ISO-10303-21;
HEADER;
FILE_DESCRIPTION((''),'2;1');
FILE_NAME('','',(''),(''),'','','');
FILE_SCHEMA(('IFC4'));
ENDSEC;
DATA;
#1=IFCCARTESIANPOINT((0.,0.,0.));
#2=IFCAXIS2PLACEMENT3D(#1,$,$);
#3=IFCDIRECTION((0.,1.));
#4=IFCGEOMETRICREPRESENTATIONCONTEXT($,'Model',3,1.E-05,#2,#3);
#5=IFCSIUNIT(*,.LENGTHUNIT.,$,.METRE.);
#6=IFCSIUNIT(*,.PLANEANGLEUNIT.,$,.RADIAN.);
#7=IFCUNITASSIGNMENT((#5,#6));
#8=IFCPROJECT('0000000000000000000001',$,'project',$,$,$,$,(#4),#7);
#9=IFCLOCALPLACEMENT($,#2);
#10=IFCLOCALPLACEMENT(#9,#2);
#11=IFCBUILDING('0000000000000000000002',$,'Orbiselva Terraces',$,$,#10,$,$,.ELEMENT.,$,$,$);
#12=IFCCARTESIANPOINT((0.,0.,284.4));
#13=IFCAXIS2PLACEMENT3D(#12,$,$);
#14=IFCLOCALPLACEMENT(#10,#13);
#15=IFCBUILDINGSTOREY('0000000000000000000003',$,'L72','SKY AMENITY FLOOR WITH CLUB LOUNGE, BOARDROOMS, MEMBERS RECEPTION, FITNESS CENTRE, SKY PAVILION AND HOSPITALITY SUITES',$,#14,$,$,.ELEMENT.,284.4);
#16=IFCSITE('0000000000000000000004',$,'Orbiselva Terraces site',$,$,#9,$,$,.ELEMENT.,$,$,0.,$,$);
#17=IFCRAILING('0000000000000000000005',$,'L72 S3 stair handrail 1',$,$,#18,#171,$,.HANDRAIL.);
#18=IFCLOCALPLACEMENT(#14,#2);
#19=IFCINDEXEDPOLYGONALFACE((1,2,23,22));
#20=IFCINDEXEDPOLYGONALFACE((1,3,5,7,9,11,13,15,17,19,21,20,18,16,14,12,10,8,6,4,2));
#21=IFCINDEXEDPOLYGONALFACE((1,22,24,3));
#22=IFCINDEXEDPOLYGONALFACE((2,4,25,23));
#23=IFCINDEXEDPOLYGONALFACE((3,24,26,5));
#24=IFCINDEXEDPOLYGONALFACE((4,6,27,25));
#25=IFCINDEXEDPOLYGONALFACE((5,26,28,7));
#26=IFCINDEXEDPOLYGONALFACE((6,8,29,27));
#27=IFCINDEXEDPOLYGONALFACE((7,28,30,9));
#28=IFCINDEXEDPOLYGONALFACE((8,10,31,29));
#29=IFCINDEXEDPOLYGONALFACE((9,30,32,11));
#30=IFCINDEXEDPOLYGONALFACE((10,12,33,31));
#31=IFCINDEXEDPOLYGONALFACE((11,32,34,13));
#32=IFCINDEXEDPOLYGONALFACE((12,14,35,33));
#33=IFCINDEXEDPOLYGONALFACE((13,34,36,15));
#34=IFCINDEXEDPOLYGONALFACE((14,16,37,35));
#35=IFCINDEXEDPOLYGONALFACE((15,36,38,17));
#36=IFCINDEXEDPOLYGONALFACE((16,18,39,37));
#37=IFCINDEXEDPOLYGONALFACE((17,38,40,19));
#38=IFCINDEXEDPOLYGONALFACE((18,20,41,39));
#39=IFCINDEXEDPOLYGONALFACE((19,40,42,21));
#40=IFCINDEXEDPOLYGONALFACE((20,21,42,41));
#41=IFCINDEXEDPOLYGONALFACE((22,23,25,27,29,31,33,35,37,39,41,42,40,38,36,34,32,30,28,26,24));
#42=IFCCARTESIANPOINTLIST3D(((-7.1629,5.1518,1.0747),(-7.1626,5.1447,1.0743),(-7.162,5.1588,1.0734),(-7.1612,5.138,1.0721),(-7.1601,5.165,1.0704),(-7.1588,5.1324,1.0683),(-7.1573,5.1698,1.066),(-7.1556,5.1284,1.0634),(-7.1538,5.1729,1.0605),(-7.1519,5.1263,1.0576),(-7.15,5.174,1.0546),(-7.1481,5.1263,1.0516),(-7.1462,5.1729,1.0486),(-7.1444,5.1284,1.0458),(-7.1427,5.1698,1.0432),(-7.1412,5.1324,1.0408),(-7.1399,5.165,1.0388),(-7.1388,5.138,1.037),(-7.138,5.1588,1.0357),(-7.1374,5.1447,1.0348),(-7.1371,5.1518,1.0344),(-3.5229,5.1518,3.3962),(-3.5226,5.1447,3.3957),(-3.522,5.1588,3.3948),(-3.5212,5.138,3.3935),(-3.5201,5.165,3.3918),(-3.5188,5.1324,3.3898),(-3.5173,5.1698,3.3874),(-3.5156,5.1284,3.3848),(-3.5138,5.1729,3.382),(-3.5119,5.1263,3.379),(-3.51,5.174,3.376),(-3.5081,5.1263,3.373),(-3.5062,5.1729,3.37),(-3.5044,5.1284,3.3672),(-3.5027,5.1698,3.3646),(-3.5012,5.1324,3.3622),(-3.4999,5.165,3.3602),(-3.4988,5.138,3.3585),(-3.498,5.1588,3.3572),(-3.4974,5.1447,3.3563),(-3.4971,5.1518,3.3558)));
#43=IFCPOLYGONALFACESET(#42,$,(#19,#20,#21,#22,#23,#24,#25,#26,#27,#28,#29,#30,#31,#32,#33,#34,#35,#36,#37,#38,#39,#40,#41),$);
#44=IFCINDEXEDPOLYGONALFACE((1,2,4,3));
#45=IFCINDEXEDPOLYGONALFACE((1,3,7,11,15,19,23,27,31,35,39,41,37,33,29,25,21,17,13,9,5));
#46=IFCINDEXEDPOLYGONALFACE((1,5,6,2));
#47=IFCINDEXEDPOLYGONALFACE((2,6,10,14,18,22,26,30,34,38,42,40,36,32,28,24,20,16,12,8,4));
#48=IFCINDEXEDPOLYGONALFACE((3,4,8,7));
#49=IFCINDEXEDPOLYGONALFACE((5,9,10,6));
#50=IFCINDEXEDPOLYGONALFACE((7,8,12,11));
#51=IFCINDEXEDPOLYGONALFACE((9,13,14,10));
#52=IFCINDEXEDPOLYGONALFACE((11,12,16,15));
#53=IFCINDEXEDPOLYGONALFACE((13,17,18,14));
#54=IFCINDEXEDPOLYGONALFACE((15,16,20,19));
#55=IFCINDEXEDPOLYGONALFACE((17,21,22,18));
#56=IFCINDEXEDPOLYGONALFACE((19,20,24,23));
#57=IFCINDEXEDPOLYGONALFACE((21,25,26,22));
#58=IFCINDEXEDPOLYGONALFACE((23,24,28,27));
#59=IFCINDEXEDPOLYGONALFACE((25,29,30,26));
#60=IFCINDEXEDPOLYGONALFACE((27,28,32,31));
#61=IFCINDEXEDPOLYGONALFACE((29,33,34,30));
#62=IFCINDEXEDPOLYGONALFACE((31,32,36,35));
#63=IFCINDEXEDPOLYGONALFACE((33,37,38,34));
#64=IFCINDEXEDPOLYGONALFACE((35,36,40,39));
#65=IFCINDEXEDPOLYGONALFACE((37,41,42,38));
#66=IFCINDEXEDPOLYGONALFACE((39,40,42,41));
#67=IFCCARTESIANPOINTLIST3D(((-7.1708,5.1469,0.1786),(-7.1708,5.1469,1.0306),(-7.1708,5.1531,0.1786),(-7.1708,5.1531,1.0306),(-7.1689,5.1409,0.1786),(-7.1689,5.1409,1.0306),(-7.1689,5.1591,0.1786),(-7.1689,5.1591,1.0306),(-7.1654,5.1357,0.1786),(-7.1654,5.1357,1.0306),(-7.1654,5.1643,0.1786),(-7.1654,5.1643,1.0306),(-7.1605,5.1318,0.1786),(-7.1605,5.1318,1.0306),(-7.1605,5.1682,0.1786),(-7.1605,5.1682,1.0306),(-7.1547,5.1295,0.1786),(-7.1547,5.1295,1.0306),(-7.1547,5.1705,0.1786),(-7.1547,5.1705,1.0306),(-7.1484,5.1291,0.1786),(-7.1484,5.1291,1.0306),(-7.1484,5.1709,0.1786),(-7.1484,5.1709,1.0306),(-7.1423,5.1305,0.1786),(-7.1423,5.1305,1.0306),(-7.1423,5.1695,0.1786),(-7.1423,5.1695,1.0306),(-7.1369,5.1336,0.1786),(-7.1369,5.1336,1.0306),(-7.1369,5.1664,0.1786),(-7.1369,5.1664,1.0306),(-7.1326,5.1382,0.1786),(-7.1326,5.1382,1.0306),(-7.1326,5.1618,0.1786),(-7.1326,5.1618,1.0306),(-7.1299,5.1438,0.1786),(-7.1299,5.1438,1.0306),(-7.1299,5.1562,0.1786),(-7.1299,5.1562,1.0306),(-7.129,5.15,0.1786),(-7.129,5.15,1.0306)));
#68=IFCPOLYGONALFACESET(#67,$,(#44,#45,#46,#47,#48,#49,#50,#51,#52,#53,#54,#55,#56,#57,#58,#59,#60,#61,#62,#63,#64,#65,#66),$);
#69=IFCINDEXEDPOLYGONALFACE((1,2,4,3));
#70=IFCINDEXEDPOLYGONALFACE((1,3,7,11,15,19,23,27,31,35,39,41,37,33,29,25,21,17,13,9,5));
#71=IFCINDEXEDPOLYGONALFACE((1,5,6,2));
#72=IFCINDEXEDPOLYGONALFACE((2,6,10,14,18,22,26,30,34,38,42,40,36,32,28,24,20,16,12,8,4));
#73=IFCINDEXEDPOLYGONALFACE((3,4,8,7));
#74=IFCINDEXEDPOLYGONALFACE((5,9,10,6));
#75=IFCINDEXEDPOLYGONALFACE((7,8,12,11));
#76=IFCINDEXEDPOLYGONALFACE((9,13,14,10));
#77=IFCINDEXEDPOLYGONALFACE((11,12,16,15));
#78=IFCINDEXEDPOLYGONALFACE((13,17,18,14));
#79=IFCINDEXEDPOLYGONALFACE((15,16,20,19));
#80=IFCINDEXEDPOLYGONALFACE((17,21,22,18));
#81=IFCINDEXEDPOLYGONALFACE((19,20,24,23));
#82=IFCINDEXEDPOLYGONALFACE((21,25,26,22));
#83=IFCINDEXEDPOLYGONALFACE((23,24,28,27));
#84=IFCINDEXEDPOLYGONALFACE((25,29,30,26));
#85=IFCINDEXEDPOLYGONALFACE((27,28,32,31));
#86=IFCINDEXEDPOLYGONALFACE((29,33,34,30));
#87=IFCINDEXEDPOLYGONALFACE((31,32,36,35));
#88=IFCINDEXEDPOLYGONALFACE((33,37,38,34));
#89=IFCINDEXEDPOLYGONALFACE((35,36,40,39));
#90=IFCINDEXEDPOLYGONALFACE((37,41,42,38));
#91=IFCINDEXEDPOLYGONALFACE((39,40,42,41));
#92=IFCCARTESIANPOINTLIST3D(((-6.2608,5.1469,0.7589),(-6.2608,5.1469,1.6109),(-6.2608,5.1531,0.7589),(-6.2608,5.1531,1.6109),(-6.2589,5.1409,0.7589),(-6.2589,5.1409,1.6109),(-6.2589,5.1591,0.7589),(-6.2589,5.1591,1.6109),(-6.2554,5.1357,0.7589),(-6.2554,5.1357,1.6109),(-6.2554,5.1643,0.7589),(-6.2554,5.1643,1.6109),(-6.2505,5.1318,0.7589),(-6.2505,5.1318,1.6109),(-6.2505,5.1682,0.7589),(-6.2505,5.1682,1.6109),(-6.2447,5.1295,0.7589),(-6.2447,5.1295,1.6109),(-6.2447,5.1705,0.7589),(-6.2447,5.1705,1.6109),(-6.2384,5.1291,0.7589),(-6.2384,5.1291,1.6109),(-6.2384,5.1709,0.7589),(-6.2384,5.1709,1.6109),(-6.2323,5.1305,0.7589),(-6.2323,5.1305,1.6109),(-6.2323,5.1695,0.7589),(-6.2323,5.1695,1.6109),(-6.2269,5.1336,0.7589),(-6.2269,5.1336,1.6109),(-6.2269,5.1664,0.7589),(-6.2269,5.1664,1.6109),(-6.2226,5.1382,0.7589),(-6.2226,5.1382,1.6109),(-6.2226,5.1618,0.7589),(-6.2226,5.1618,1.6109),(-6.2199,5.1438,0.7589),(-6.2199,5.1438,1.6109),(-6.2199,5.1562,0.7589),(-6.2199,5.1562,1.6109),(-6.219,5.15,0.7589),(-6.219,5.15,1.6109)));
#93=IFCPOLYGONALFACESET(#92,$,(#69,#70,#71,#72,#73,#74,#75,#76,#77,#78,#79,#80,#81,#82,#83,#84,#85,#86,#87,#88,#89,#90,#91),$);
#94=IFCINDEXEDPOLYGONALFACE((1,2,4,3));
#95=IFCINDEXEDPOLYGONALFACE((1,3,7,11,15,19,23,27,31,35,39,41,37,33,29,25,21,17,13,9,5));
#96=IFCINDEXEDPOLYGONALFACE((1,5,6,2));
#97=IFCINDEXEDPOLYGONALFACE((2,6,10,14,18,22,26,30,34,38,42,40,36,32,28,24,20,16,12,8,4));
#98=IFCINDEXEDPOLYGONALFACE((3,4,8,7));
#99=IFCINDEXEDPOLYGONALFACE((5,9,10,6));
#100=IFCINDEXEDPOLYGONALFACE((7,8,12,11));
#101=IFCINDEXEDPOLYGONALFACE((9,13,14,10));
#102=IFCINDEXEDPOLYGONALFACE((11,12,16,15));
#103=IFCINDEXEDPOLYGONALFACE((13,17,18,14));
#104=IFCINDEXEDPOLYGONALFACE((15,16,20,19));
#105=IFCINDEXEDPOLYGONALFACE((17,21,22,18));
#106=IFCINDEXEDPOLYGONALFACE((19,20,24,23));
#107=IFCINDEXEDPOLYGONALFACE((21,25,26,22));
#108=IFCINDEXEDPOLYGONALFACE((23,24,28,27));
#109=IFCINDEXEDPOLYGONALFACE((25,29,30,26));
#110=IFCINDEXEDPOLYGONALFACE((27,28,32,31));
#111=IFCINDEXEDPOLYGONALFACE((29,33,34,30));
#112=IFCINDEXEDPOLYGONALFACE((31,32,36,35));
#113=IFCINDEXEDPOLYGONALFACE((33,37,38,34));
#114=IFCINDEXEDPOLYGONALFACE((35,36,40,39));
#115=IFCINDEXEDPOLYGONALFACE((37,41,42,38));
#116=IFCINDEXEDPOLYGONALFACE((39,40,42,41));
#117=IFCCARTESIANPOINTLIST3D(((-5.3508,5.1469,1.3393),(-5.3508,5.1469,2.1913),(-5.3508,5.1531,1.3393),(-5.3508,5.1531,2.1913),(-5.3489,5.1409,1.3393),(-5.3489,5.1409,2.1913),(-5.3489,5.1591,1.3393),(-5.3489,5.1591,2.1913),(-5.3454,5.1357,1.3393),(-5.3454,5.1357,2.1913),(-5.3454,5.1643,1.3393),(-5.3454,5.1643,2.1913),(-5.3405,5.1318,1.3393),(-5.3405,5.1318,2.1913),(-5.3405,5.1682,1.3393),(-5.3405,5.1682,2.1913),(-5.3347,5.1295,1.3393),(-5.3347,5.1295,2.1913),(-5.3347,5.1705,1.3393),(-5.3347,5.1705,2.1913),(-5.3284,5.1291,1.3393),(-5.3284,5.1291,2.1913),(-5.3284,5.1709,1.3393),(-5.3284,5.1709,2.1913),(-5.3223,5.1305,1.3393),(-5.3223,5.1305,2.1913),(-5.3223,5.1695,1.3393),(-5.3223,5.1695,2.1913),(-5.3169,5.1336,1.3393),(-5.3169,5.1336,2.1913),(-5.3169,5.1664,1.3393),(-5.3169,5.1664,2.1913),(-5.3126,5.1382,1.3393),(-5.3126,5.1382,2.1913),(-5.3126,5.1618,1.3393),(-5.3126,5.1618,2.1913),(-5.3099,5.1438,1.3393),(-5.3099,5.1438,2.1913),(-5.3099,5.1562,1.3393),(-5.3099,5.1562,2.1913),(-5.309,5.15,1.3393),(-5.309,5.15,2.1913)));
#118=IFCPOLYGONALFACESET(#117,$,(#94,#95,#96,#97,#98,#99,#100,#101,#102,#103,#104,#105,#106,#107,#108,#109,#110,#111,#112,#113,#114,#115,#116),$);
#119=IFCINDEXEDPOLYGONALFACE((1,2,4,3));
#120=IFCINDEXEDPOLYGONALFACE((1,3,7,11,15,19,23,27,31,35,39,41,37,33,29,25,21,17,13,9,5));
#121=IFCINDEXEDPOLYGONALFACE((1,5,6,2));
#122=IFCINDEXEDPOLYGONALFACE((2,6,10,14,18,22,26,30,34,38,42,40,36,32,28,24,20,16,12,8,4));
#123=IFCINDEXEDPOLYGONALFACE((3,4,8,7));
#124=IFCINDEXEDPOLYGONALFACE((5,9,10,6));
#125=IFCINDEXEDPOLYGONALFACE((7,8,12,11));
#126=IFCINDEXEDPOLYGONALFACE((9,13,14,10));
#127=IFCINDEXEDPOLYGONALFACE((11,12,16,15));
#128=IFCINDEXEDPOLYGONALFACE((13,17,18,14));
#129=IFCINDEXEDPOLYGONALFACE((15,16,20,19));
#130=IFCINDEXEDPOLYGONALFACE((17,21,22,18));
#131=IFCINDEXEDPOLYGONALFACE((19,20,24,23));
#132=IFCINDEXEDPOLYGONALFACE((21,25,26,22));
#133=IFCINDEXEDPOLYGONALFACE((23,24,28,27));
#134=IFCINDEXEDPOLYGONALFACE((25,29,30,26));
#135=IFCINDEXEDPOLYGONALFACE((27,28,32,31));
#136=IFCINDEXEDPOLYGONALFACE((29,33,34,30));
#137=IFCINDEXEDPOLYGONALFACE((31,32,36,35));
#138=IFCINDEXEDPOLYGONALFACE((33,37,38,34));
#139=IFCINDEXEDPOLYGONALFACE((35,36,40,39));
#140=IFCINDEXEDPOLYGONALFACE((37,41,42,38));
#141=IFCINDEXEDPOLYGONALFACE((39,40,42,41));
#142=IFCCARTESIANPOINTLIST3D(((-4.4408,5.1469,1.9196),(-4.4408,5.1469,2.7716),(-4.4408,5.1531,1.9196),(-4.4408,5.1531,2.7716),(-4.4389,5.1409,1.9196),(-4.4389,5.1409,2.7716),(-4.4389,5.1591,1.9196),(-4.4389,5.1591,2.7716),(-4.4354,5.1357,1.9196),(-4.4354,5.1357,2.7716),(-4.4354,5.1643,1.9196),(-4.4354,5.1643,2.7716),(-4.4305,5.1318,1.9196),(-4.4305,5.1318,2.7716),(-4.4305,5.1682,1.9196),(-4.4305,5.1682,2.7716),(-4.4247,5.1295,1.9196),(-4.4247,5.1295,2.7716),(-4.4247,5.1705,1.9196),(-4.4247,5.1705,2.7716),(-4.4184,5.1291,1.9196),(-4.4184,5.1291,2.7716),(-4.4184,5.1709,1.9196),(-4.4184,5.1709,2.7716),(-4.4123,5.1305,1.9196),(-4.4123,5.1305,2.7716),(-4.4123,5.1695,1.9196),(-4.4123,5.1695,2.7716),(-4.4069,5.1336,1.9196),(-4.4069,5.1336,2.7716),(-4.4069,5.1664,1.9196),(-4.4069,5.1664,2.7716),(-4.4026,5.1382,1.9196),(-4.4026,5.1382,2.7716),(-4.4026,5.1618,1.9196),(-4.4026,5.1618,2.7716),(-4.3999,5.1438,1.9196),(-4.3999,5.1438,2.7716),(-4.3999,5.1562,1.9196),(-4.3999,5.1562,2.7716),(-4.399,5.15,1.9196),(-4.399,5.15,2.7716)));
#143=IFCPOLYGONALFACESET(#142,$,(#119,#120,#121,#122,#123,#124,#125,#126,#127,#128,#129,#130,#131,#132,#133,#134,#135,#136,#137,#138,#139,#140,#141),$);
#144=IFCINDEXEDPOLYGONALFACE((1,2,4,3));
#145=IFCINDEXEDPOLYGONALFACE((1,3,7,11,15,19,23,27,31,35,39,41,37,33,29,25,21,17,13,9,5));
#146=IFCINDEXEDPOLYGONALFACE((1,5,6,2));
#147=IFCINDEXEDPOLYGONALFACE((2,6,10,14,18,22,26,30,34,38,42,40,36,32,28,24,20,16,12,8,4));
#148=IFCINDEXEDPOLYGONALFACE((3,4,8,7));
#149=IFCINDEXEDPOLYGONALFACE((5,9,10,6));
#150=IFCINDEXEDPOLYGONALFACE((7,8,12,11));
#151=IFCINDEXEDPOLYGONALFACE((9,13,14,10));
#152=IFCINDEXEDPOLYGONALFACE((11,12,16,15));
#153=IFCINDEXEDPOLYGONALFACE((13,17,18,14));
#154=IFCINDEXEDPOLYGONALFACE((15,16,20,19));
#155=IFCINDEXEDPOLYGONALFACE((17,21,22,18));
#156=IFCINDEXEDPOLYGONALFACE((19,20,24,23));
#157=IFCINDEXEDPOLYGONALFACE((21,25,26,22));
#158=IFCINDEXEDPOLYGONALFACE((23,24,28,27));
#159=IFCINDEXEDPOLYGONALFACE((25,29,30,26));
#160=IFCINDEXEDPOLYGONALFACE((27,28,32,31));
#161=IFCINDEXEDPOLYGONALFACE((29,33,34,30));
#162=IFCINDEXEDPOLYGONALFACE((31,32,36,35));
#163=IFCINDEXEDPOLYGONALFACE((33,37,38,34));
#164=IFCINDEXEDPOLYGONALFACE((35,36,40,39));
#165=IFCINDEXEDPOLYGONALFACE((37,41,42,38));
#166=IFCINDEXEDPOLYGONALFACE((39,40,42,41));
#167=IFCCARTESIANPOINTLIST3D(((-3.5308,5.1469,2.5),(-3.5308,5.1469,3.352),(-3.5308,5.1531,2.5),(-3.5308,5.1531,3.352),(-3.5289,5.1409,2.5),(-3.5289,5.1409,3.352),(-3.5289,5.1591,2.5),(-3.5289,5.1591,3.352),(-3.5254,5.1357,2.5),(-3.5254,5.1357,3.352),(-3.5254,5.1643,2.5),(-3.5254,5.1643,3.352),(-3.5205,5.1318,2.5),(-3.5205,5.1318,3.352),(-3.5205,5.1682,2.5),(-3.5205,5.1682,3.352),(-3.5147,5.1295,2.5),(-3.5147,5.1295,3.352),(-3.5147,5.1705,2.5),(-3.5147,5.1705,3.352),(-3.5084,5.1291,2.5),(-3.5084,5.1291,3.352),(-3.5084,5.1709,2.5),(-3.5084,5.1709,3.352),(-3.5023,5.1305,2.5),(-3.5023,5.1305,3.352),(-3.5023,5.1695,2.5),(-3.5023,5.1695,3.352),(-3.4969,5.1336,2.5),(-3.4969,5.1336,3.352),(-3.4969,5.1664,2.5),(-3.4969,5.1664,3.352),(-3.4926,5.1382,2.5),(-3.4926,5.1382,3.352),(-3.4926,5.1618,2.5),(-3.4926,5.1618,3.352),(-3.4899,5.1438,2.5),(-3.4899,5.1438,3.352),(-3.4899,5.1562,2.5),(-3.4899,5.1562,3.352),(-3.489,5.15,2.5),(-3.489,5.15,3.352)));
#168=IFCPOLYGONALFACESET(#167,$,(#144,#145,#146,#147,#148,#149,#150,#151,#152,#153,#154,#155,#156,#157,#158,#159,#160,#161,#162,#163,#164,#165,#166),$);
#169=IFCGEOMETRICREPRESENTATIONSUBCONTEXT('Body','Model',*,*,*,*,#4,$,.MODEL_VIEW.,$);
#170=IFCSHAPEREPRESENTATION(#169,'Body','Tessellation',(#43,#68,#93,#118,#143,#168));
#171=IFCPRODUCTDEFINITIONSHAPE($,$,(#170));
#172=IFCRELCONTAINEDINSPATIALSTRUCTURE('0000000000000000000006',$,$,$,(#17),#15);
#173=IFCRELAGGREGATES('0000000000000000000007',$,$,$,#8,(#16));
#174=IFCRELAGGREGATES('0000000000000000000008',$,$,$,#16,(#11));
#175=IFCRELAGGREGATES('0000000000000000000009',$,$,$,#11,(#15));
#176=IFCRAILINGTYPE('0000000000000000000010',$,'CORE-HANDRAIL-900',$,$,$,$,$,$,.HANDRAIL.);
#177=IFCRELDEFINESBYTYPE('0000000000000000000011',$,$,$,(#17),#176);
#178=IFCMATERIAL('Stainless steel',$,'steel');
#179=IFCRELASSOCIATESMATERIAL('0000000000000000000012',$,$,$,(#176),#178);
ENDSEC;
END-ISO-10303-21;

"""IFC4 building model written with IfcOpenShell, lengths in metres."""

from ifc_helpers import new_model, si_unit, direction, frame, origin, origin_2d, place, context, subcontext, project, spatial, circle, extrude, material, type_object, element, save


model = new_model("IFC4")

# Units and contexts
model_context = context("Model", 3, precision=1e-05, world=origin(), true_north=direction((0.0, 1.0)))
body_context = subcontext(model_context, "Body", "Model", "MODEL_VIEW")
ifc_project = project(units=[si_unit("LENGTHUNIT", "METRE"), si_unit("PLANEANGLEUNIT", "RADIAN")], contexts=[model_context])

# Site, building, storey
site_placement = place(None, origin())
site = spatial("IfcSite", under=ifc_project, at=site_placement, Name="Orbiselva Terraces site", CompositionType="ELEMENT", RefElevation=0.0)
building_placement = place(site_placement, origin())
building = spatial("IfcBuilding", under=site, at=building_placement, Name="Orbiselva Terraces", CompositionType="ELEMENT")
storey_placement = place(building_placement, frame((0.0, 0.0, 284.4)))
storey = spatial("IfcBuildingStorey", under=building, at=storey_placement, Name="L72", Description="SKY AMENITY FLOOR WITH CLUB LOUNGE, BOARDROOMS, MEMBERS RECEPTION, FITNESS CENTRE, SKY PAVILION AND HOSPITALITY SUITES", CompositionType="ELEMENT", Elevation=284.4)

# Railing
ifc_material_1 = material(Name="Stainless steel", Category="steel")
railing_type_1 = type_object("IfcRailingType", Name="CORE-HANDRAIL-900", PredefinedType="HANDRAIL", material=ifc_material_1)
railing_1_placement = place(storey_placement, frame((-7.15, 5.15, 0.1786)))
element("IfcRailing", 1, at=railing_1_placement, inside=storey, type_object=railing_type_1, Name="L72 S3 stair handrail 1", PredefinedType="HANDRAIL", context=body_context, shape_type="SweptSolid", body=[
    extrude(circle(Radius=0.024, at=origin_2d()), frame((0.0, 0.0, 0.876), z_axis=(0.84313, 0.0, 0.53771), x_axis=(0.0, 1.0, 0.0)), (0.0, 0.0, 1.0), 4.3172),
    extrude(circle(Radius=0.021, at=origin_2d()), origin(), (0.0, 0.0, 1.0), 0.852),
    extrude(circle(Radius=0.021, at=origin_2d()), frame((0.91, 0.0, 0.5804)), (0.0, 0.0, 1.0), 0.852),
    extrude(circle(Radius=0.021, at=origin_2d()), frame((1.82, 0.0, 1.1607)), (0.0, 0.0, 1.0), 0.852),
    extrude(circle(Radius=0.021, at=origin_2d()), frame((2.73, 0.0, 1.7411)), (0.0, 0.0, 1.0), 0.852),
    extrude(circle(Radius=0.021, at=origin_2d()), frame((3.64, 0.0, 2.3214)), (0.0, 0.0, 1.0), 0.852),
])

save(model, "model.ifc")
